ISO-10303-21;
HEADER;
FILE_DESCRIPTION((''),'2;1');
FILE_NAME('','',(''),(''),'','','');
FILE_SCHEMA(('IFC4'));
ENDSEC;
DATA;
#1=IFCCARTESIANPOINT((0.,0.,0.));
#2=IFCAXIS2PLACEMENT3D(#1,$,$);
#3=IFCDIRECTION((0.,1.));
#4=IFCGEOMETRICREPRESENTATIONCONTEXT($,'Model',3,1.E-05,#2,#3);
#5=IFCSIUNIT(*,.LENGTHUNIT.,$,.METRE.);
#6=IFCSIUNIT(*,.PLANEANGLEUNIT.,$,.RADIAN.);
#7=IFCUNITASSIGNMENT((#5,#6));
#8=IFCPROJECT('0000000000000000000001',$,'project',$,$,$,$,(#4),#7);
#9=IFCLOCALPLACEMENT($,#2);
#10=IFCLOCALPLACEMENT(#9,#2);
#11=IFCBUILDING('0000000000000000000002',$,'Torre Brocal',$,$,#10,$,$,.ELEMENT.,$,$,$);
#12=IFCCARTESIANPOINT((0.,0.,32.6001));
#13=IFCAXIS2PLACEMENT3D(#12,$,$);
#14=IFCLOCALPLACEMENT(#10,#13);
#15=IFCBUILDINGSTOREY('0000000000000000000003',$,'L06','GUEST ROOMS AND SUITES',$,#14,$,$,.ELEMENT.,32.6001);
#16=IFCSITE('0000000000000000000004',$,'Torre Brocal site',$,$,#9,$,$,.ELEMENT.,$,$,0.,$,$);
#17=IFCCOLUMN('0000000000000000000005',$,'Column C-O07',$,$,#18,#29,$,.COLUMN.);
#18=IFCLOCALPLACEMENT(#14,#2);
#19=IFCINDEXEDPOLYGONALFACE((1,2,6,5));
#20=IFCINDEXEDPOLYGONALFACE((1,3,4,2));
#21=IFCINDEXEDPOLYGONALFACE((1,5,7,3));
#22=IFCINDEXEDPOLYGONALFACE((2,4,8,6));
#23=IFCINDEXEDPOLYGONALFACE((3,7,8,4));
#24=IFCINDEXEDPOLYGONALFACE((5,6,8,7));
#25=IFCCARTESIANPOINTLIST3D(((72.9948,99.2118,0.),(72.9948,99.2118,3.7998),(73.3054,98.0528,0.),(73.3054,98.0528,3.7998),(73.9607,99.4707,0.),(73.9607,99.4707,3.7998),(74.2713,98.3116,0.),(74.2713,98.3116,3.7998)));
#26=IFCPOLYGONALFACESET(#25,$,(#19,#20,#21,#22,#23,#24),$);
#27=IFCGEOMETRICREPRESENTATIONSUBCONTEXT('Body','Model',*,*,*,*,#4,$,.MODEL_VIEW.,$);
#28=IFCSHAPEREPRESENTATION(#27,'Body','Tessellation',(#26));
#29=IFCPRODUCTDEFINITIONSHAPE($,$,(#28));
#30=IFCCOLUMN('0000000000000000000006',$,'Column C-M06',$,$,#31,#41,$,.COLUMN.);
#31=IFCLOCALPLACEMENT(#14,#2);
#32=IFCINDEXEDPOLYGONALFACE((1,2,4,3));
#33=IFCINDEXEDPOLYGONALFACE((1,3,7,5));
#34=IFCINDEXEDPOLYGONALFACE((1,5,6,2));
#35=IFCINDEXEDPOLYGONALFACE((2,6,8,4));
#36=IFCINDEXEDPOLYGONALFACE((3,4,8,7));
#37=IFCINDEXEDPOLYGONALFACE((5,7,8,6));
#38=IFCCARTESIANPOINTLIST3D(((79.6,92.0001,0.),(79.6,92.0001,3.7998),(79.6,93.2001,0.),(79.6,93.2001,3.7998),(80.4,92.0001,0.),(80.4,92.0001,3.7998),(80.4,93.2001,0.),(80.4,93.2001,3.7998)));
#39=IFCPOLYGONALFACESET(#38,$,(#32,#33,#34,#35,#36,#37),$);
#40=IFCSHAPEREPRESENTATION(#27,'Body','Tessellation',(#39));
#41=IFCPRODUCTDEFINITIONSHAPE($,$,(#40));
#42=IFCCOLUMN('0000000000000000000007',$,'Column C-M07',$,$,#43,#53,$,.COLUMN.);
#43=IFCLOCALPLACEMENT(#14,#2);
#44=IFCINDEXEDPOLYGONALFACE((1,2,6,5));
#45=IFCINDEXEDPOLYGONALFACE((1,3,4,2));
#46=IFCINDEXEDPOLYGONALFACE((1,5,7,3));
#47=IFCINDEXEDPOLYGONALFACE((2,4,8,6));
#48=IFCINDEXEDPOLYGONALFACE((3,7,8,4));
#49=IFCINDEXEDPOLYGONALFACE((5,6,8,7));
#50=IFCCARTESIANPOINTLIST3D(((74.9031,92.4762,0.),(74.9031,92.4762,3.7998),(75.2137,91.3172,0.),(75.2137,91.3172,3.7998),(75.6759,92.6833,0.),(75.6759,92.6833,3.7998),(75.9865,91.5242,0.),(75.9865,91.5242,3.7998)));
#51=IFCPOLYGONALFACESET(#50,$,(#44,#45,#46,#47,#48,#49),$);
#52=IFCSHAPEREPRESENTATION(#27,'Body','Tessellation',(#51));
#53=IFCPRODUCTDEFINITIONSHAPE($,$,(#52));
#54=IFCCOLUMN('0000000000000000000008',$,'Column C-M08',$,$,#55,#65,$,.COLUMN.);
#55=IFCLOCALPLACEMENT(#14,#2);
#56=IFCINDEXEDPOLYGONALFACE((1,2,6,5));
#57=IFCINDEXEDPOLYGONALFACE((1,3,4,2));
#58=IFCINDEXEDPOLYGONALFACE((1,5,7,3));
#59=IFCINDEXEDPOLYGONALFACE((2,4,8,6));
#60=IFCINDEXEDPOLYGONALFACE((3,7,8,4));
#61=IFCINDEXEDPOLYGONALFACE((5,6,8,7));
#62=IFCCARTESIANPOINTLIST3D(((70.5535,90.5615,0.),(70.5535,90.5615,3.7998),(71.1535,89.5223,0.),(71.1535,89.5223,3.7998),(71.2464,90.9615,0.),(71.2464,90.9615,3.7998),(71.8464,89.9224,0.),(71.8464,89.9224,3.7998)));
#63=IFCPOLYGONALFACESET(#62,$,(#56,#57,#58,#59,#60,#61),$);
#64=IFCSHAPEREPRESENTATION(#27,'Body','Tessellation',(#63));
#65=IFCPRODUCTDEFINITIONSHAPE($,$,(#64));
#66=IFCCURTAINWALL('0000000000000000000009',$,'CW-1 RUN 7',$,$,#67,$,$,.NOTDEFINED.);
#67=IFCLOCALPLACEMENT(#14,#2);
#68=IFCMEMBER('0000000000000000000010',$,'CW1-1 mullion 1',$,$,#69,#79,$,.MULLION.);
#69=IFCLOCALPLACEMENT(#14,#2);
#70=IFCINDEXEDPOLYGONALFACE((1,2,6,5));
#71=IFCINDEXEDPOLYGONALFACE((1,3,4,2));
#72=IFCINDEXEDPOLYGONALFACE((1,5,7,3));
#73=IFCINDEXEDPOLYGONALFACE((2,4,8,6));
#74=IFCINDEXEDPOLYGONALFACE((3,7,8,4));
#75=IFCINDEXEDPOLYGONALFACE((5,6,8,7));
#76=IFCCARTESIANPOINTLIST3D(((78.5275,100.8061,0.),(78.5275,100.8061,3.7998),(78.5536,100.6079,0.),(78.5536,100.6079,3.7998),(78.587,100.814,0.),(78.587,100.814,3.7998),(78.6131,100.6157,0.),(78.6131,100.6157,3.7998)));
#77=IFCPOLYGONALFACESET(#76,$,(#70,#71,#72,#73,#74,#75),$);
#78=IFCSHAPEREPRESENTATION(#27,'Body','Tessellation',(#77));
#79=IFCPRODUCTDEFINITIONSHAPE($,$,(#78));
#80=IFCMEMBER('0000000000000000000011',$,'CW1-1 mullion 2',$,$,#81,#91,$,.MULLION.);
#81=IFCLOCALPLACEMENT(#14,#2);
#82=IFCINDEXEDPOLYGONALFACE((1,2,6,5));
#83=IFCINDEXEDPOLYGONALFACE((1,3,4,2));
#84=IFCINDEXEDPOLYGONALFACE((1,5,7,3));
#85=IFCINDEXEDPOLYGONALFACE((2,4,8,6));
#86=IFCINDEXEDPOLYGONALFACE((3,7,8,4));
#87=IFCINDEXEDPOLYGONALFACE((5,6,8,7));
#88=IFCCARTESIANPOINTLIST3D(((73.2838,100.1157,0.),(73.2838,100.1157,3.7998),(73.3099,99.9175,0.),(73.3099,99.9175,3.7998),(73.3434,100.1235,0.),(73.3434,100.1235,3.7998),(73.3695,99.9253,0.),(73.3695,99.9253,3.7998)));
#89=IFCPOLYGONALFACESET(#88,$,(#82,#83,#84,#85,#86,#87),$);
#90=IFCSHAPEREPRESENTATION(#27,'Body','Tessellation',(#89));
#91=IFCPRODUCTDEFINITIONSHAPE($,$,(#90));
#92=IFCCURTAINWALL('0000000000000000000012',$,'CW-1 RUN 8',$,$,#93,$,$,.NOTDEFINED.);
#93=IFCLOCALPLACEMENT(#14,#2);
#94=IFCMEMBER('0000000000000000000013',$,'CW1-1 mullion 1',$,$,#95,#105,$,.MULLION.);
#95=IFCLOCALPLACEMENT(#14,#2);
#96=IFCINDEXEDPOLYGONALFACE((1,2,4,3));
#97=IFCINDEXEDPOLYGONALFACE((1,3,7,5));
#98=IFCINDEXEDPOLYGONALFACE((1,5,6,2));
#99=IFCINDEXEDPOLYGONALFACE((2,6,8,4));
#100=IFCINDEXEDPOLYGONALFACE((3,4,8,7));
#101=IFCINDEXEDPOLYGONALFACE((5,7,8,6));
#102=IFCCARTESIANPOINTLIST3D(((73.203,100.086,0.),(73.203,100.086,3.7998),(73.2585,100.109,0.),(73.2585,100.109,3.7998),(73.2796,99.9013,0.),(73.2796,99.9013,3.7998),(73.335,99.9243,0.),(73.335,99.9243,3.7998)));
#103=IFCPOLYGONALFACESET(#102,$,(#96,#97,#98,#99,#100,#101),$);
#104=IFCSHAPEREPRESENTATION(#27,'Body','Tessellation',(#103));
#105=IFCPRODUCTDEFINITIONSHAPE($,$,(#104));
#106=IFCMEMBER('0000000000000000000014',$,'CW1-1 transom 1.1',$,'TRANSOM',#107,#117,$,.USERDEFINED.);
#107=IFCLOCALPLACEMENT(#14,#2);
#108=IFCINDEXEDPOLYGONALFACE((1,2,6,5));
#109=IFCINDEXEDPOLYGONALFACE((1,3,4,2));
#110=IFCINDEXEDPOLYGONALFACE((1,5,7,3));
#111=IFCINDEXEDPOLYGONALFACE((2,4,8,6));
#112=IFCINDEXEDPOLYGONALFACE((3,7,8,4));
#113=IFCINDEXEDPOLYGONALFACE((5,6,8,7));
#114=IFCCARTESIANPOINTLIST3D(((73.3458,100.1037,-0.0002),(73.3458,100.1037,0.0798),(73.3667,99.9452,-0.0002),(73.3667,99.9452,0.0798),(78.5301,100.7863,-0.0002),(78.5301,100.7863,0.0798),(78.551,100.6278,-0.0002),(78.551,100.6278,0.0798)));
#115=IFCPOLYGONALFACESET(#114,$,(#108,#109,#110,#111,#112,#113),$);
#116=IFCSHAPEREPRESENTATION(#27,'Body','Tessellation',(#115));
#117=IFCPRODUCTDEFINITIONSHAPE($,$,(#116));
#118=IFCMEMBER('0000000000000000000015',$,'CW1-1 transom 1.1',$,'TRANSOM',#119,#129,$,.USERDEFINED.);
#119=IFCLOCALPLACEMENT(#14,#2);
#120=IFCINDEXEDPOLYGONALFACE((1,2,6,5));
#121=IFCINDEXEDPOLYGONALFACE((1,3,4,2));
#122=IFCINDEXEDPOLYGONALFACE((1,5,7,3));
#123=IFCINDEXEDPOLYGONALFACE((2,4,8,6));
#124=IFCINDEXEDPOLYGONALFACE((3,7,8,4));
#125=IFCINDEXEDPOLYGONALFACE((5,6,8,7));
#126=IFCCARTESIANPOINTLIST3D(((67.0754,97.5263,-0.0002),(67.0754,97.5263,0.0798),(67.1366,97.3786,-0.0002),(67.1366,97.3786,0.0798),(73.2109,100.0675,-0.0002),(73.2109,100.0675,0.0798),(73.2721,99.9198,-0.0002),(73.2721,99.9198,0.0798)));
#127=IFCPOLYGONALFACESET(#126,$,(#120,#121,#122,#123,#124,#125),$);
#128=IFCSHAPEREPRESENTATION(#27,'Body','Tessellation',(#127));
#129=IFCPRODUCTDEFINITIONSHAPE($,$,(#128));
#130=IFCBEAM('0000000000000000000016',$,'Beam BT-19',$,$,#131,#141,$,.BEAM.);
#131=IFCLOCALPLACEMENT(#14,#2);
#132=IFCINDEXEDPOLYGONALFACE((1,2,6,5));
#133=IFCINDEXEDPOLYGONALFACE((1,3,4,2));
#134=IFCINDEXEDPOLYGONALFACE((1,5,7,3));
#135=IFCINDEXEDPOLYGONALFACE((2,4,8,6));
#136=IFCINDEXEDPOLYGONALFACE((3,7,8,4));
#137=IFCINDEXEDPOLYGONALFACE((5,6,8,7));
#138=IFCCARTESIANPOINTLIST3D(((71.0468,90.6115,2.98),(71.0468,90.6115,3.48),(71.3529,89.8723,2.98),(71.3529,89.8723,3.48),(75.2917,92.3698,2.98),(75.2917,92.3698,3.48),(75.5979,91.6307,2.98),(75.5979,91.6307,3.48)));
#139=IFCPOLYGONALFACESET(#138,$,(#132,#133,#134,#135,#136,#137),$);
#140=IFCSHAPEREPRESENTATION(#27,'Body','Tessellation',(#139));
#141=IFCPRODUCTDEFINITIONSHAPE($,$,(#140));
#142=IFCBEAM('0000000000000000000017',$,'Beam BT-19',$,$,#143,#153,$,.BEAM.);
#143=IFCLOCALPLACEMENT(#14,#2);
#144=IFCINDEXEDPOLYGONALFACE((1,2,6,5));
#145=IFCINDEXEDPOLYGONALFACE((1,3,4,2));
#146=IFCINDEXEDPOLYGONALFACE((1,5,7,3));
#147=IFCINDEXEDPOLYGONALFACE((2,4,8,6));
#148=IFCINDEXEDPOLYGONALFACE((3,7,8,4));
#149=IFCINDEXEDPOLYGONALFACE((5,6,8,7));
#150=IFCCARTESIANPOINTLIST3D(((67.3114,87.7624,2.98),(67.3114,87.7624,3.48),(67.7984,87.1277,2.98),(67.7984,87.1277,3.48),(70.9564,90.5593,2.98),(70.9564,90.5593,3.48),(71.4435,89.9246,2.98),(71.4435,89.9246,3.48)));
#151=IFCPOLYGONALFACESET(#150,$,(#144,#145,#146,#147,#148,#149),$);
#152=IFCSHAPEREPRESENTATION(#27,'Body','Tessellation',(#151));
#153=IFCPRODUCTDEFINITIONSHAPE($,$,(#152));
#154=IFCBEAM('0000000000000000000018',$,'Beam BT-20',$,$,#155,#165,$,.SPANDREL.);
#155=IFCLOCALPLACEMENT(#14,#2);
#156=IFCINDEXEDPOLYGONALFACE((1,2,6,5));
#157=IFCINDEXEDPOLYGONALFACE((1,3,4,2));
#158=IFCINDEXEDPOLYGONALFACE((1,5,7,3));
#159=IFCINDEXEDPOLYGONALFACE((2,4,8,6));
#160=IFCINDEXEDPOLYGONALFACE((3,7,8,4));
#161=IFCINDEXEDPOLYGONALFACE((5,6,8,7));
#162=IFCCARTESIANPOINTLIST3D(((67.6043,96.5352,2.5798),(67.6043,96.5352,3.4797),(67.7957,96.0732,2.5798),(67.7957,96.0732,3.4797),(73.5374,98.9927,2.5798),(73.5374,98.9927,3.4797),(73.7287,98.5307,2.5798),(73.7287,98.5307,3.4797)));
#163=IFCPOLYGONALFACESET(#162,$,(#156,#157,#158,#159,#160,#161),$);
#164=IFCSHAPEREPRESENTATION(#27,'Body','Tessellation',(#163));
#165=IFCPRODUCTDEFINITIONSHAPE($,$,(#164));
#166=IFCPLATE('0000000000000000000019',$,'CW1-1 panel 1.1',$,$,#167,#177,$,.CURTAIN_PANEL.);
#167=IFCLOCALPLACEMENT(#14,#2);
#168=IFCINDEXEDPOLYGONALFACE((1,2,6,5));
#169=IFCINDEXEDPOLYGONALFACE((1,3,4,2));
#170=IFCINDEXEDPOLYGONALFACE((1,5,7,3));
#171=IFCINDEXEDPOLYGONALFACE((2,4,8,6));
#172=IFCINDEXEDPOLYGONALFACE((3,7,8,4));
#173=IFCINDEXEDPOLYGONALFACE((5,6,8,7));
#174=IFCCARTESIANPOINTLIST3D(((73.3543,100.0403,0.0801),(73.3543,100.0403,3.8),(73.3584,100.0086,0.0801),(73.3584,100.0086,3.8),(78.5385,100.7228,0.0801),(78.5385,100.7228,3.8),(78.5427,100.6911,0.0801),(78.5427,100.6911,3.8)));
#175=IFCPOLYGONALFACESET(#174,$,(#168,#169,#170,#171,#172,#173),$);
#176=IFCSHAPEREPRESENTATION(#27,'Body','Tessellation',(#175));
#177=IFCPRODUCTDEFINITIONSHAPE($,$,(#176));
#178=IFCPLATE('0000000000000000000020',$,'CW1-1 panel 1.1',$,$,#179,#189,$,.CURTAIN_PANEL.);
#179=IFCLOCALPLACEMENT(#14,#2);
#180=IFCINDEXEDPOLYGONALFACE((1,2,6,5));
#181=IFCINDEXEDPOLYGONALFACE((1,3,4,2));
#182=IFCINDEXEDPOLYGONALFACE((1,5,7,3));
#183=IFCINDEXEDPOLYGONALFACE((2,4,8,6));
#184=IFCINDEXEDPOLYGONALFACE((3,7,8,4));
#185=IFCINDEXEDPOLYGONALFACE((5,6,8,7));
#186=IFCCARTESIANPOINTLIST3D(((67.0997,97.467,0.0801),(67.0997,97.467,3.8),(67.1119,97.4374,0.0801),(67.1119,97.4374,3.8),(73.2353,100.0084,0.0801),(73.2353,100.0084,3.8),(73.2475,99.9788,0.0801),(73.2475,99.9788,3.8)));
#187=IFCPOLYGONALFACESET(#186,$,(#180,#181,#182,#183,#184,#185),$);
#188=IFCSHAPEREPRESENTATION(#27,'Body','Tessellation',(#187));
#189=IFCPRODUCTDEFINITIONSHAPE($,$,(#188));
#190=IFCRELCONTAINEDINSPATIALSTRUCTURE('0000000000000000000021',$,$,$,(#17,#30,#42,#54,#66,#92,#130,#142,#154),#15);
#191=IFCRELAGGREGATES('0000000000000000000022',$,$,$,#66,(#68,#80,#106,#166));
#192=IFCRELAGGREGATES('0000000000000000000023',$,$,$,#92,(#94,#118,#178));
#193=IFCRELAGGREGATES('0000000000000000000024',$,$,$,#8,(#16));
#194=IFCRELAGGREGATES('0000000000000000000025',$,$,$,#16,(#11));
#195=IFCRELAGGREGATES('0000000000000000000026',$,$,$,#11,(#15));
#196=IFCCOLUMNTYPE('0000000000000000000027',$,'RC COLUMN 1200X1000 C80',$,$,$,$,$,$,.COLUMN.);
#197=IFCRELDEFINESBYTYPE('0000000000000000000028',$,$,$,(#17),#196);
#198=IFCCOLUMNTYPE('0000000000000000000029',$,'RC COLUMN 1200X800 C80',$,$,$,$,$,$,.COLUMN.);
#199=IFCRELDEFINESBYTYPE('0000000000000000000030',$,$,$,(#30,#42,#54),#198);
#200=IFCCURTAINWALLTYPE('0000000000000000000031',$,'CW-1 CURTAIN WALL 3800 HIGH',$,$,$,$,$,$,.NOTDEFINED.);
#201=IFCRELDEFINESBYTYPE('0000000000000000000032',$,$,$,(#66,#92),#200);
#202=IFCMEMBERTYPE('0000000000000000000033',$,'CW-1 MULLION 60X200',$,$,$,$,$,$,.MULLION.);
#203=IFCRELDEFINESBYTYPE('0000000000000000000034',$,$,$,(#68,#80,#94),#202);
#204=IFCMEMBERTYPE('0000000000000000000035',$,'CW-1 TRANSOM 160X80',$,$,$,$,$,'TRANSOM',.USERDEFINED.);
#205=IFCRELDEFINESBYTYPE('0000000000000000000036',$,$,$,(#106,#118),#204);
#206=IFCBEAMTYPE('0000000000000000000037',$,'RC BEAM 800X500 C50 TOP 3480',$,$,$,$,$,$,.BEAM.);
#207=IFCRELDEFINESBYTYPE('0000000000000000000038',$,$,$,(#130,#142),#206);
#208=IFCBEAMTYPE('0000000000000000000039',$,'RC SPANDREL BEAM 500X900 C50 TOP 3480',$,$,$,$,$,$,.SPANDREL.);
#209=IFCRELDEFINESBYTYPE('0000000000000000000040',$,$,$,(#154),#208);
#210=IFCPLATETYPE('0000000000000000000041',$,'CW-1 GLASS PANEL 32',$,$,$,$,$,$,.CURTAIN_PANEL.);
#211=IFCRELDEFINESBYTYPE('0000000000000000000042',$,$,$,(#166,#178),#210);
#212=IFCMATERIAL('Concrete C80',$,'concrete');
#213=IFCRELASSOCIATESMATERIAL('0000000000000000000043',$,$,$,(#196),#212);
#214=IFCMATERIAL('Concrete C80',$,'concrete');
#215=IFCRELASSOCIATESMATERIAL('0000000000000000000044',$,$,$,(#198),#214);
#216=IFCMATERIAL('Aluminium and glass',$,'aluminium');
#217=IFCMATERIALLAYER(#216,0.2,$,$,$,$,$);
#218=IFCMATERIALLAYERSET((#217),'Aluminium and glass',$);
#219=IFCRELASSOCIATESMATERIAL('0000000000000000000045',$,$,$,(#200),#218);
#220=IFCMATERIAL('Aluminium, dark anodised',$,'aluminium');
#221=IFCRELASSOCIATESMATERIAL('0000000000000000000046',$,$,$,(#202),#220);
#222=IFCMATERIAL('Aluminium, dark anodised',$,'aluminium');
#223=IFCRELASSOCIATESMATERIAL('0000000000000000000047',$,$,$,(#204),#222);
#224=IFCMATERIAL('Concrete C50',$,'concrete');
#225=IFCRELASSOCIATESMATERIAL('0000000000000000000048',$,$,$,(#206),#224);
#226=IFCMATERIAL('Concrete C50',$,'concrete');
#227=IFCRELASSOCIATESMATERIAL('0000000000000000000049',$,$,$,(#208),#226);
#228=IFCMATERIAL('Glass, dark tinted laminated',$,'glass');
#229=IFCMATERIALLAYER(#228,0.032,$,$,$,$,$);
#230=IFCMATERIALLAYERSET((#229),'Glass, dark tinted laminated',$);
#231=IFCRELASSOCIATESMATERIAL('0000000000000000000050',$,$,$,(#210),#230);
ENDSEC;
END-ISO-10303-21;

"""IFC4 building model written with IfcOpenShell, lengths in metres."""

from ifc_helpers import new_model, si_unit, direction, frame, origin, origin_2d, place, context, subcontext, project, spatial, rectangle, extrude, material, layer, layer_set, material_profile, profile_set, type_object, element, aggregate, save


model = new_model("IFC4")

# Units and contexts
model_context = context("Model", 3, precision=1e-05, world=origin(), true_north=direction((0.0, 1.0)))
body_context = subcontext(model_context, "Body", "Model", "MODEL_VIEW")
ifc_project = project(units=[si_unit("LENGTHUNIT", "METRE"), si_unit("PLANEANGLEUNIT", "RADIAN")], contexts=[model_context])

# Site, building, storey
site_placement = place(None, origin())
site = spatial("IfcSite", under=ifc_project, at=site_placement, Name="Torre Brocal site", CompositionType="ELEMENT", RefElevation=0.0)
building_placement = place(site_placement, origin())
building = spatial("IfcBuilding", under=site, at=building_placement, Name="Torre Brocal", CompositionType="ELEMENT")
storey_placement = place(building_placement, frame((0.0, 0.0, 32.6001)))
storey = spatial("IfcBuildingStorey", under=building, at=storey_placement, Name="L06", Description="GUEST ROOMS AND SUITES", CompositionType="ELEMENT", Elevation=32.6001)

# Columns
ifc_material_1 = material(Name="Concrete C80", Category="concrete")
ifc_material_profile_1 = material_profile(ifc_material_1, rectangle(XDim=1.2, YDim=1.0, at=origin_2d()), Name="RC 1200X1000")
ifc_profile_set_1 = profile_set([ifc_material_profile_1], Name="Concrete C80")
column_type_1 = type_object("IfcColumnType", Name="RC COLUMN 1200X1000 C80", PredefinedType="COLUMN", material=ifc_profile_set_1)
column_placement = place(storey_placement, frame((73.6331, 98.7617, 0.0), z_axis=(0.0, 0.0, 1.0), x_axis=(-0.258819, 0.965926, 0.0)))
element("IfcColumn", 1, at=column_placement, inside=storey, type_object=column_type_1, Name="Column C-O07", PredefinedType="COLUMN", context=body_context, shape_type="SweptSolid", body=[
    extrude(rectangle(XDim=1.2, YDim=1.0, at=origin_2d()), origin(), (0.0, 0.0, 1.0), 3.7998),
])
ifc_material_2 = material(Name="Concrete C80", Category="concrete")
ifc_material_profile_2 = material_profile(ifc_material_2, rectangle(XDim=1.2, YDim=0.8, at=origin_2d()), Name="RC 1200X800")
ifc_profile_set_2 = profile_set([ifc_material_profile_2], Name="Concrete C80")
column_type_2 = type_object("IfcColumnType", Name="RC COLUMN 1200X800 C80", PredefinedType="COLUMN", material=ifc_profile_set_2)
for number, where, z_axis, x_axis, name in (
    (2, (80.0, 92.6001, 0.0), (0.0, 0.0, 1.0), (0.0, 1.0, 0.0), "Column C-M06"),
    (3, (75.4448, 92.0002, 0.0), (0.0, 0.0, 1.0), (-0.258819, 0.965926, 0.0), "Column C-M07"),
    (4, (71.2, 90.2419, 0.0), (0.0, 0.0, 1.0), (-0.5, 0.866025, 0.0), "Column C-M08"),
):
    element("IfcColumn", number, at=place(storey_placement, frame(where, z_axis=z_axis, x_axis=x_axis)), inside=storey, type_object=column_type_2, Name=name, PredefinedType="COLUMN", context=body_context, shape_type="SweptSolid", body=[
        extrude(rectangle(XDim=1.2, YDim=0.8, at=origin_2d()), origin(), (0.0, 0.0, 1.0), 3.7998),
    ])

# Curtain wall, members
ifc_material_3 = material(Name="Aluminium and glass", Category="aluminium")
ifc_layer_1 = layer(ifc_material_3, 0.2)
ifc_layer_set_1 = layer_set([ifc_layer_1], Name="Aluminium and glass")
curtain_wall_type = type_object("IfcCurtainWallType", Name="CW-1 CURTAIN WALL 3800 HIGH", PredefinedType="NOTDEFINED", material=ifc_layer_set_1)
curtain_wall_1_placement = place(storey_placement, origin())
curtain_wall_1 = element("IfcCurtainWall", 5, at=curtain_wall_1_placement, inside=storey, type_object=curtain_wall_type, Name="CW-1 RUN 7", PredefinedType="NOTDEFINED")
ifc_material_4 = material(Name="Aluminium, dark anodised", Category="aluminium")
ifc_material_profile_3 = material_profile(ifc_material_4, rectangle(XDim=0.2, YDim=0.0601, at=origin_2d()), Name="CW-1 MULLION 60X200")
ifc_profile_set_3 = profile_set([ifc_material_profile_3], Name="Aluminium, dark anodised")
member_type_1 = type_object("IfcMemberType", Name="CW-1 MULLION 60X200", PredefinedType="MULLION", material=ifc_profile_set_3)
member_1_placement = place(storey_placement, frame((78.5703, 100.7109, 0.0), z_axis=(0.0, 0.0, 1.0), x_axis=(0.130526, -0.991445, 0.0)))
member_1 = element("IfcMember", 6, at=member_1_placement, type_object=member_type_1, Name="CW1-1 mullion 1", PredefinedType="MULLION", context=body_context, shape_type="SweptSolid", body=[
    extrude(rectangle(XDim=0.2, YDim=0.0601, at=origin_2d()), origin(), (0.0, 0.0, 1.0), 3.7998),
])
member_2_placement = place(storey_placement, frame((73.3267, 100.0205, 0.0), z_axis=(0.0, 0.0, 1.0), x_axis=(0.130526, -0.991445, 0.0)))
member_2 = element("IfcMember", 7, at=member_2_placement, type_object=member_type_1, Name="CW1-1 mullion 2", PredefinedType="MULLION", context=body_context, shape_type="SweptSolid", body=[
    extrude(rectangle(XDim=0.2, YDim=0.0601, at=origin_2d()), origin(), (0.0, 0.0, 1.0), 3.7998),
])

# Curtain wall, member
curtain_wall_2_placement = place(storey_placement, origin())
curtain_wall_2 = element("IfcCurtainWall", 8, at=curtain_wall_2_placement, inside=storey, type_object=curtain_wall_type, Name="CW-1 RUN 8", PredefinedType="NOTDEFINED")
member_3_placement = place(storey_placement, frame((73.269, 100.0051, 0.0), z_axis=(0.0, 0.0, 1.0), x_axis=(0.382683, -0.92388, 0.0)))
member_3 = element("IfcMember", 9, at=member_3_placement, type_object=member_type_1, Name="CW1-1 mullion 1", PredefinedType="MULLION", context=body_context, shape_type="SweptSolid", body=[
    extrude(rectangle(XDim=0.2, YDim=0.0601, at=origin_2d()), origin(), (0.0, 0.0, 1.0), 3.7998),
])

# Members
ifc_material_5 = material(Name="Aluminium, dark anodised", Category="aluminium")
ifc_material_profile_4 = material_profile(ifc_material_5, rectangle(XDim=0.1599, YDim=0.0801, at=origin_2d()), Name="CW-1 TRANSOM 160X80")
ifc_profile_set_4 = profile_set([ifc_material_profile_4], Name="Aluminium, dark anodised")
member_type_2 = type_object("IfcMemberType", Name="CW-1 TRANSOM 160X80", ElementType="TRANSOM", PredefinedType="USERDEFINED", material=ifc_profile_set_4)
member_4_placement = place(storey_placement, frame((78.5405, 100.707, 0.0398), z_axis=(-0.991443, -0.130543, 0.0), x_axis=(0.130543, -0.991443, 0.0)))
member_4 = element("IfcMember", 10, at=member_4_placement, type_object=member_type_2, Name="CW1-1 transom 1.1", ObjectType="TRANSOM", PredefinedType="USERDEFINED", context=body_context, shape_type="SweptSolid", body=[
    extrude(rectangle(XDim=0.1599, YDim=0.0801, at=origin_2d()), origin(), (0.0, 0.0, 1.0), 5.229),
])
member_5_placement = place(storey_placement, frame((73.2415, 99.9937, 0.0398), z_axis=(-0.923887, -0.382665, 0.0), x_axis=(0.382665, -0.923887, 0.0)))
member_5 = element("IfcMember", 11, at=member_5_placement, type_object=member_type_2, Name="CW1-1 transom 1.1", ObjectType="TRANSOM", PredefinedType="USERDEFINED", context=body_context, shape_type="SweptSolid", body=[
    extrude(rectangle(XDim=0.1599, YDim=0.0801, at=origin_2d()), origin(), (0.0, 0.0, 1.0), 6.6409),
])

# Beams
ifc_material_6 = material(Name="Concrete C50", Category="concrete")
ifc_material_profile_5 = material_profile(ifc_material_6, rectangle(XDim=0.8, YDim=0.5, at=origin_2d()), Name="RC 800X500")
ifc_profile_set_5 = profile_set([ifc_material_profile_5], Name="Concrete C50")
beam_type_1 = type_object("IfcBeamType", Name="RC BEAM 800X500 C50 TOP 3480", PredefinedType="BEAM", material=ifc_profile_set_5)
beam_1_placement = place(storey_placement, frame((75.4448, 92.0002, 3.23), z_axis=(-0.923878, -0.382687, 0.0), x_axis=(0.382687, -0.923878, 0.0)))
element("IfcBeam", 12, at=beam_1_placement, inside=storey, type_object=beam_type_1, Name="Beam BT-19", PredefinedType="BEAM", context=body_context, shape_type="SweptSolid", body=[
    extrude(rectangle(XDim=0.8, YDim=0.5, at=origin_2d()), origin(), (0.0, 0.0, 1.0), 4.5947),
])
beam_2_placement = place(storey_placement, frame((71.2, 90.2419, 3.23), z_axis=(-0.793358, -0.608755, 0.0), x_axis=(0.608755, -0.793358, 0.0)))
element("IfcBeam", 13, at=beam_2_placement, inside=storey, type_object=beam_type_1, Name="Beam BT-19", PredefinedType="BEAM", context=body_context, shape_type="SweptSolid", body=[
    extrude(rectangle(XDim=0.8, YDim=0.5, at=origin_2d()), origin(), (0.0, 0.0, 1.0), 4.5945),
])
ifc_material_7 = material(Name="Concrete C50", Category="concrete")
ifc_material_profile_6 = material_profile(ifc_material_7, rectangle(XDim=0.5, YDim=0.8999, at=origin_2d()), Name="RC 500X900")
ifc_profile_set_6 = profile_set([ifc_material_profile_6], Name="Concrete C50")
beam_type_2 = type_object("IfcBeamType", Name="RC SPANDREL BEAM 500X900 C50 TOP 3480", PredefinedType="SPANDREL", material=ifc_profile_set_6)
beam_3_placement = place(storey_placement, frame((73.6331, 98.7617, 3.0298), z_axis=(-0.923882, -0.382676, 0.0), x_axis=(0.382676, -0.923882, 0.0)))
element("IfcBeam", 14, at=beam_3_placement, inside=storey, type_object=beam_type_2, Name="Beam BT-20", PredefinedType="SPANDREL", context=body_context, shape_type="SweptSolid", body=[
    extrude(rectangle(XDim=0.5, YDim=0.8999, at=origin_2d()), origin(), (0.0, 0.0, 1.0), 6.4219),
])

# Plates
ifc_material_8 = material(Name="Glass, dark tinted laminated", Category="glass")
ifc_layer_2 = layer(ifc_material_8, 0.032)
ifc_layer_set_2 = layer_set([ifc_layer_2], Name="Glass, dark tinted laminated")
plate_type = type_object("IfcPlateType", Name="CW-1 GLASS PANEL 32", PredefinedType="CURTAIN_PANEL", material=ifc_layer_set_2)
plate_1_placement = place(storey_placement, frame((75.9485, 100.3657, 0.0801), z_axis=(0.0, 0.0, 1.0), x_axis=(-0.991445, -0.130526, 0.0)))
plate_1 = element("IfcPlate", 15, at=plate_1_placement, type_object=plate_type, Name="CW1-1 panel 1.1", PredefinedType="CURTAIN_PANEL", context=body_context, shape_type="SweptSolid", body=[
    extrude(rectangle(XDim=5.229, YDim=0.032, at=origin_2d()), origin(), (0.0, 0.0, 1.0), 3.72),
])
aggregate(curtain_wall_1, [member_1, member_2, member_4, plate_1])
plate_2_placement = place(storey_placement, frame((70.1736, 98.7229, 0.0801), z_axis=(0.0, 0.0, 1.0), x_axis=(-0.92388, -0.382683, 0.0)))
plate_2 = element("IfcPlate", 16, at=plate_2_placement, type_object=plate_type, Name="CW1-1 panel 1.1", PredefinedType="CURTAIN_PANEL", context=body_context, shape_type="SweptSolid", body=[
    extrude(rectangle(XDim=6.6411, YDim=0.032, at=origin_2d()), origin(), (0.0, 0.0, 1.0), 3.72),
])
aggregate(curtain_wall_2, [member_3, member_5, plate_2])

save(model, "model.ifc")
